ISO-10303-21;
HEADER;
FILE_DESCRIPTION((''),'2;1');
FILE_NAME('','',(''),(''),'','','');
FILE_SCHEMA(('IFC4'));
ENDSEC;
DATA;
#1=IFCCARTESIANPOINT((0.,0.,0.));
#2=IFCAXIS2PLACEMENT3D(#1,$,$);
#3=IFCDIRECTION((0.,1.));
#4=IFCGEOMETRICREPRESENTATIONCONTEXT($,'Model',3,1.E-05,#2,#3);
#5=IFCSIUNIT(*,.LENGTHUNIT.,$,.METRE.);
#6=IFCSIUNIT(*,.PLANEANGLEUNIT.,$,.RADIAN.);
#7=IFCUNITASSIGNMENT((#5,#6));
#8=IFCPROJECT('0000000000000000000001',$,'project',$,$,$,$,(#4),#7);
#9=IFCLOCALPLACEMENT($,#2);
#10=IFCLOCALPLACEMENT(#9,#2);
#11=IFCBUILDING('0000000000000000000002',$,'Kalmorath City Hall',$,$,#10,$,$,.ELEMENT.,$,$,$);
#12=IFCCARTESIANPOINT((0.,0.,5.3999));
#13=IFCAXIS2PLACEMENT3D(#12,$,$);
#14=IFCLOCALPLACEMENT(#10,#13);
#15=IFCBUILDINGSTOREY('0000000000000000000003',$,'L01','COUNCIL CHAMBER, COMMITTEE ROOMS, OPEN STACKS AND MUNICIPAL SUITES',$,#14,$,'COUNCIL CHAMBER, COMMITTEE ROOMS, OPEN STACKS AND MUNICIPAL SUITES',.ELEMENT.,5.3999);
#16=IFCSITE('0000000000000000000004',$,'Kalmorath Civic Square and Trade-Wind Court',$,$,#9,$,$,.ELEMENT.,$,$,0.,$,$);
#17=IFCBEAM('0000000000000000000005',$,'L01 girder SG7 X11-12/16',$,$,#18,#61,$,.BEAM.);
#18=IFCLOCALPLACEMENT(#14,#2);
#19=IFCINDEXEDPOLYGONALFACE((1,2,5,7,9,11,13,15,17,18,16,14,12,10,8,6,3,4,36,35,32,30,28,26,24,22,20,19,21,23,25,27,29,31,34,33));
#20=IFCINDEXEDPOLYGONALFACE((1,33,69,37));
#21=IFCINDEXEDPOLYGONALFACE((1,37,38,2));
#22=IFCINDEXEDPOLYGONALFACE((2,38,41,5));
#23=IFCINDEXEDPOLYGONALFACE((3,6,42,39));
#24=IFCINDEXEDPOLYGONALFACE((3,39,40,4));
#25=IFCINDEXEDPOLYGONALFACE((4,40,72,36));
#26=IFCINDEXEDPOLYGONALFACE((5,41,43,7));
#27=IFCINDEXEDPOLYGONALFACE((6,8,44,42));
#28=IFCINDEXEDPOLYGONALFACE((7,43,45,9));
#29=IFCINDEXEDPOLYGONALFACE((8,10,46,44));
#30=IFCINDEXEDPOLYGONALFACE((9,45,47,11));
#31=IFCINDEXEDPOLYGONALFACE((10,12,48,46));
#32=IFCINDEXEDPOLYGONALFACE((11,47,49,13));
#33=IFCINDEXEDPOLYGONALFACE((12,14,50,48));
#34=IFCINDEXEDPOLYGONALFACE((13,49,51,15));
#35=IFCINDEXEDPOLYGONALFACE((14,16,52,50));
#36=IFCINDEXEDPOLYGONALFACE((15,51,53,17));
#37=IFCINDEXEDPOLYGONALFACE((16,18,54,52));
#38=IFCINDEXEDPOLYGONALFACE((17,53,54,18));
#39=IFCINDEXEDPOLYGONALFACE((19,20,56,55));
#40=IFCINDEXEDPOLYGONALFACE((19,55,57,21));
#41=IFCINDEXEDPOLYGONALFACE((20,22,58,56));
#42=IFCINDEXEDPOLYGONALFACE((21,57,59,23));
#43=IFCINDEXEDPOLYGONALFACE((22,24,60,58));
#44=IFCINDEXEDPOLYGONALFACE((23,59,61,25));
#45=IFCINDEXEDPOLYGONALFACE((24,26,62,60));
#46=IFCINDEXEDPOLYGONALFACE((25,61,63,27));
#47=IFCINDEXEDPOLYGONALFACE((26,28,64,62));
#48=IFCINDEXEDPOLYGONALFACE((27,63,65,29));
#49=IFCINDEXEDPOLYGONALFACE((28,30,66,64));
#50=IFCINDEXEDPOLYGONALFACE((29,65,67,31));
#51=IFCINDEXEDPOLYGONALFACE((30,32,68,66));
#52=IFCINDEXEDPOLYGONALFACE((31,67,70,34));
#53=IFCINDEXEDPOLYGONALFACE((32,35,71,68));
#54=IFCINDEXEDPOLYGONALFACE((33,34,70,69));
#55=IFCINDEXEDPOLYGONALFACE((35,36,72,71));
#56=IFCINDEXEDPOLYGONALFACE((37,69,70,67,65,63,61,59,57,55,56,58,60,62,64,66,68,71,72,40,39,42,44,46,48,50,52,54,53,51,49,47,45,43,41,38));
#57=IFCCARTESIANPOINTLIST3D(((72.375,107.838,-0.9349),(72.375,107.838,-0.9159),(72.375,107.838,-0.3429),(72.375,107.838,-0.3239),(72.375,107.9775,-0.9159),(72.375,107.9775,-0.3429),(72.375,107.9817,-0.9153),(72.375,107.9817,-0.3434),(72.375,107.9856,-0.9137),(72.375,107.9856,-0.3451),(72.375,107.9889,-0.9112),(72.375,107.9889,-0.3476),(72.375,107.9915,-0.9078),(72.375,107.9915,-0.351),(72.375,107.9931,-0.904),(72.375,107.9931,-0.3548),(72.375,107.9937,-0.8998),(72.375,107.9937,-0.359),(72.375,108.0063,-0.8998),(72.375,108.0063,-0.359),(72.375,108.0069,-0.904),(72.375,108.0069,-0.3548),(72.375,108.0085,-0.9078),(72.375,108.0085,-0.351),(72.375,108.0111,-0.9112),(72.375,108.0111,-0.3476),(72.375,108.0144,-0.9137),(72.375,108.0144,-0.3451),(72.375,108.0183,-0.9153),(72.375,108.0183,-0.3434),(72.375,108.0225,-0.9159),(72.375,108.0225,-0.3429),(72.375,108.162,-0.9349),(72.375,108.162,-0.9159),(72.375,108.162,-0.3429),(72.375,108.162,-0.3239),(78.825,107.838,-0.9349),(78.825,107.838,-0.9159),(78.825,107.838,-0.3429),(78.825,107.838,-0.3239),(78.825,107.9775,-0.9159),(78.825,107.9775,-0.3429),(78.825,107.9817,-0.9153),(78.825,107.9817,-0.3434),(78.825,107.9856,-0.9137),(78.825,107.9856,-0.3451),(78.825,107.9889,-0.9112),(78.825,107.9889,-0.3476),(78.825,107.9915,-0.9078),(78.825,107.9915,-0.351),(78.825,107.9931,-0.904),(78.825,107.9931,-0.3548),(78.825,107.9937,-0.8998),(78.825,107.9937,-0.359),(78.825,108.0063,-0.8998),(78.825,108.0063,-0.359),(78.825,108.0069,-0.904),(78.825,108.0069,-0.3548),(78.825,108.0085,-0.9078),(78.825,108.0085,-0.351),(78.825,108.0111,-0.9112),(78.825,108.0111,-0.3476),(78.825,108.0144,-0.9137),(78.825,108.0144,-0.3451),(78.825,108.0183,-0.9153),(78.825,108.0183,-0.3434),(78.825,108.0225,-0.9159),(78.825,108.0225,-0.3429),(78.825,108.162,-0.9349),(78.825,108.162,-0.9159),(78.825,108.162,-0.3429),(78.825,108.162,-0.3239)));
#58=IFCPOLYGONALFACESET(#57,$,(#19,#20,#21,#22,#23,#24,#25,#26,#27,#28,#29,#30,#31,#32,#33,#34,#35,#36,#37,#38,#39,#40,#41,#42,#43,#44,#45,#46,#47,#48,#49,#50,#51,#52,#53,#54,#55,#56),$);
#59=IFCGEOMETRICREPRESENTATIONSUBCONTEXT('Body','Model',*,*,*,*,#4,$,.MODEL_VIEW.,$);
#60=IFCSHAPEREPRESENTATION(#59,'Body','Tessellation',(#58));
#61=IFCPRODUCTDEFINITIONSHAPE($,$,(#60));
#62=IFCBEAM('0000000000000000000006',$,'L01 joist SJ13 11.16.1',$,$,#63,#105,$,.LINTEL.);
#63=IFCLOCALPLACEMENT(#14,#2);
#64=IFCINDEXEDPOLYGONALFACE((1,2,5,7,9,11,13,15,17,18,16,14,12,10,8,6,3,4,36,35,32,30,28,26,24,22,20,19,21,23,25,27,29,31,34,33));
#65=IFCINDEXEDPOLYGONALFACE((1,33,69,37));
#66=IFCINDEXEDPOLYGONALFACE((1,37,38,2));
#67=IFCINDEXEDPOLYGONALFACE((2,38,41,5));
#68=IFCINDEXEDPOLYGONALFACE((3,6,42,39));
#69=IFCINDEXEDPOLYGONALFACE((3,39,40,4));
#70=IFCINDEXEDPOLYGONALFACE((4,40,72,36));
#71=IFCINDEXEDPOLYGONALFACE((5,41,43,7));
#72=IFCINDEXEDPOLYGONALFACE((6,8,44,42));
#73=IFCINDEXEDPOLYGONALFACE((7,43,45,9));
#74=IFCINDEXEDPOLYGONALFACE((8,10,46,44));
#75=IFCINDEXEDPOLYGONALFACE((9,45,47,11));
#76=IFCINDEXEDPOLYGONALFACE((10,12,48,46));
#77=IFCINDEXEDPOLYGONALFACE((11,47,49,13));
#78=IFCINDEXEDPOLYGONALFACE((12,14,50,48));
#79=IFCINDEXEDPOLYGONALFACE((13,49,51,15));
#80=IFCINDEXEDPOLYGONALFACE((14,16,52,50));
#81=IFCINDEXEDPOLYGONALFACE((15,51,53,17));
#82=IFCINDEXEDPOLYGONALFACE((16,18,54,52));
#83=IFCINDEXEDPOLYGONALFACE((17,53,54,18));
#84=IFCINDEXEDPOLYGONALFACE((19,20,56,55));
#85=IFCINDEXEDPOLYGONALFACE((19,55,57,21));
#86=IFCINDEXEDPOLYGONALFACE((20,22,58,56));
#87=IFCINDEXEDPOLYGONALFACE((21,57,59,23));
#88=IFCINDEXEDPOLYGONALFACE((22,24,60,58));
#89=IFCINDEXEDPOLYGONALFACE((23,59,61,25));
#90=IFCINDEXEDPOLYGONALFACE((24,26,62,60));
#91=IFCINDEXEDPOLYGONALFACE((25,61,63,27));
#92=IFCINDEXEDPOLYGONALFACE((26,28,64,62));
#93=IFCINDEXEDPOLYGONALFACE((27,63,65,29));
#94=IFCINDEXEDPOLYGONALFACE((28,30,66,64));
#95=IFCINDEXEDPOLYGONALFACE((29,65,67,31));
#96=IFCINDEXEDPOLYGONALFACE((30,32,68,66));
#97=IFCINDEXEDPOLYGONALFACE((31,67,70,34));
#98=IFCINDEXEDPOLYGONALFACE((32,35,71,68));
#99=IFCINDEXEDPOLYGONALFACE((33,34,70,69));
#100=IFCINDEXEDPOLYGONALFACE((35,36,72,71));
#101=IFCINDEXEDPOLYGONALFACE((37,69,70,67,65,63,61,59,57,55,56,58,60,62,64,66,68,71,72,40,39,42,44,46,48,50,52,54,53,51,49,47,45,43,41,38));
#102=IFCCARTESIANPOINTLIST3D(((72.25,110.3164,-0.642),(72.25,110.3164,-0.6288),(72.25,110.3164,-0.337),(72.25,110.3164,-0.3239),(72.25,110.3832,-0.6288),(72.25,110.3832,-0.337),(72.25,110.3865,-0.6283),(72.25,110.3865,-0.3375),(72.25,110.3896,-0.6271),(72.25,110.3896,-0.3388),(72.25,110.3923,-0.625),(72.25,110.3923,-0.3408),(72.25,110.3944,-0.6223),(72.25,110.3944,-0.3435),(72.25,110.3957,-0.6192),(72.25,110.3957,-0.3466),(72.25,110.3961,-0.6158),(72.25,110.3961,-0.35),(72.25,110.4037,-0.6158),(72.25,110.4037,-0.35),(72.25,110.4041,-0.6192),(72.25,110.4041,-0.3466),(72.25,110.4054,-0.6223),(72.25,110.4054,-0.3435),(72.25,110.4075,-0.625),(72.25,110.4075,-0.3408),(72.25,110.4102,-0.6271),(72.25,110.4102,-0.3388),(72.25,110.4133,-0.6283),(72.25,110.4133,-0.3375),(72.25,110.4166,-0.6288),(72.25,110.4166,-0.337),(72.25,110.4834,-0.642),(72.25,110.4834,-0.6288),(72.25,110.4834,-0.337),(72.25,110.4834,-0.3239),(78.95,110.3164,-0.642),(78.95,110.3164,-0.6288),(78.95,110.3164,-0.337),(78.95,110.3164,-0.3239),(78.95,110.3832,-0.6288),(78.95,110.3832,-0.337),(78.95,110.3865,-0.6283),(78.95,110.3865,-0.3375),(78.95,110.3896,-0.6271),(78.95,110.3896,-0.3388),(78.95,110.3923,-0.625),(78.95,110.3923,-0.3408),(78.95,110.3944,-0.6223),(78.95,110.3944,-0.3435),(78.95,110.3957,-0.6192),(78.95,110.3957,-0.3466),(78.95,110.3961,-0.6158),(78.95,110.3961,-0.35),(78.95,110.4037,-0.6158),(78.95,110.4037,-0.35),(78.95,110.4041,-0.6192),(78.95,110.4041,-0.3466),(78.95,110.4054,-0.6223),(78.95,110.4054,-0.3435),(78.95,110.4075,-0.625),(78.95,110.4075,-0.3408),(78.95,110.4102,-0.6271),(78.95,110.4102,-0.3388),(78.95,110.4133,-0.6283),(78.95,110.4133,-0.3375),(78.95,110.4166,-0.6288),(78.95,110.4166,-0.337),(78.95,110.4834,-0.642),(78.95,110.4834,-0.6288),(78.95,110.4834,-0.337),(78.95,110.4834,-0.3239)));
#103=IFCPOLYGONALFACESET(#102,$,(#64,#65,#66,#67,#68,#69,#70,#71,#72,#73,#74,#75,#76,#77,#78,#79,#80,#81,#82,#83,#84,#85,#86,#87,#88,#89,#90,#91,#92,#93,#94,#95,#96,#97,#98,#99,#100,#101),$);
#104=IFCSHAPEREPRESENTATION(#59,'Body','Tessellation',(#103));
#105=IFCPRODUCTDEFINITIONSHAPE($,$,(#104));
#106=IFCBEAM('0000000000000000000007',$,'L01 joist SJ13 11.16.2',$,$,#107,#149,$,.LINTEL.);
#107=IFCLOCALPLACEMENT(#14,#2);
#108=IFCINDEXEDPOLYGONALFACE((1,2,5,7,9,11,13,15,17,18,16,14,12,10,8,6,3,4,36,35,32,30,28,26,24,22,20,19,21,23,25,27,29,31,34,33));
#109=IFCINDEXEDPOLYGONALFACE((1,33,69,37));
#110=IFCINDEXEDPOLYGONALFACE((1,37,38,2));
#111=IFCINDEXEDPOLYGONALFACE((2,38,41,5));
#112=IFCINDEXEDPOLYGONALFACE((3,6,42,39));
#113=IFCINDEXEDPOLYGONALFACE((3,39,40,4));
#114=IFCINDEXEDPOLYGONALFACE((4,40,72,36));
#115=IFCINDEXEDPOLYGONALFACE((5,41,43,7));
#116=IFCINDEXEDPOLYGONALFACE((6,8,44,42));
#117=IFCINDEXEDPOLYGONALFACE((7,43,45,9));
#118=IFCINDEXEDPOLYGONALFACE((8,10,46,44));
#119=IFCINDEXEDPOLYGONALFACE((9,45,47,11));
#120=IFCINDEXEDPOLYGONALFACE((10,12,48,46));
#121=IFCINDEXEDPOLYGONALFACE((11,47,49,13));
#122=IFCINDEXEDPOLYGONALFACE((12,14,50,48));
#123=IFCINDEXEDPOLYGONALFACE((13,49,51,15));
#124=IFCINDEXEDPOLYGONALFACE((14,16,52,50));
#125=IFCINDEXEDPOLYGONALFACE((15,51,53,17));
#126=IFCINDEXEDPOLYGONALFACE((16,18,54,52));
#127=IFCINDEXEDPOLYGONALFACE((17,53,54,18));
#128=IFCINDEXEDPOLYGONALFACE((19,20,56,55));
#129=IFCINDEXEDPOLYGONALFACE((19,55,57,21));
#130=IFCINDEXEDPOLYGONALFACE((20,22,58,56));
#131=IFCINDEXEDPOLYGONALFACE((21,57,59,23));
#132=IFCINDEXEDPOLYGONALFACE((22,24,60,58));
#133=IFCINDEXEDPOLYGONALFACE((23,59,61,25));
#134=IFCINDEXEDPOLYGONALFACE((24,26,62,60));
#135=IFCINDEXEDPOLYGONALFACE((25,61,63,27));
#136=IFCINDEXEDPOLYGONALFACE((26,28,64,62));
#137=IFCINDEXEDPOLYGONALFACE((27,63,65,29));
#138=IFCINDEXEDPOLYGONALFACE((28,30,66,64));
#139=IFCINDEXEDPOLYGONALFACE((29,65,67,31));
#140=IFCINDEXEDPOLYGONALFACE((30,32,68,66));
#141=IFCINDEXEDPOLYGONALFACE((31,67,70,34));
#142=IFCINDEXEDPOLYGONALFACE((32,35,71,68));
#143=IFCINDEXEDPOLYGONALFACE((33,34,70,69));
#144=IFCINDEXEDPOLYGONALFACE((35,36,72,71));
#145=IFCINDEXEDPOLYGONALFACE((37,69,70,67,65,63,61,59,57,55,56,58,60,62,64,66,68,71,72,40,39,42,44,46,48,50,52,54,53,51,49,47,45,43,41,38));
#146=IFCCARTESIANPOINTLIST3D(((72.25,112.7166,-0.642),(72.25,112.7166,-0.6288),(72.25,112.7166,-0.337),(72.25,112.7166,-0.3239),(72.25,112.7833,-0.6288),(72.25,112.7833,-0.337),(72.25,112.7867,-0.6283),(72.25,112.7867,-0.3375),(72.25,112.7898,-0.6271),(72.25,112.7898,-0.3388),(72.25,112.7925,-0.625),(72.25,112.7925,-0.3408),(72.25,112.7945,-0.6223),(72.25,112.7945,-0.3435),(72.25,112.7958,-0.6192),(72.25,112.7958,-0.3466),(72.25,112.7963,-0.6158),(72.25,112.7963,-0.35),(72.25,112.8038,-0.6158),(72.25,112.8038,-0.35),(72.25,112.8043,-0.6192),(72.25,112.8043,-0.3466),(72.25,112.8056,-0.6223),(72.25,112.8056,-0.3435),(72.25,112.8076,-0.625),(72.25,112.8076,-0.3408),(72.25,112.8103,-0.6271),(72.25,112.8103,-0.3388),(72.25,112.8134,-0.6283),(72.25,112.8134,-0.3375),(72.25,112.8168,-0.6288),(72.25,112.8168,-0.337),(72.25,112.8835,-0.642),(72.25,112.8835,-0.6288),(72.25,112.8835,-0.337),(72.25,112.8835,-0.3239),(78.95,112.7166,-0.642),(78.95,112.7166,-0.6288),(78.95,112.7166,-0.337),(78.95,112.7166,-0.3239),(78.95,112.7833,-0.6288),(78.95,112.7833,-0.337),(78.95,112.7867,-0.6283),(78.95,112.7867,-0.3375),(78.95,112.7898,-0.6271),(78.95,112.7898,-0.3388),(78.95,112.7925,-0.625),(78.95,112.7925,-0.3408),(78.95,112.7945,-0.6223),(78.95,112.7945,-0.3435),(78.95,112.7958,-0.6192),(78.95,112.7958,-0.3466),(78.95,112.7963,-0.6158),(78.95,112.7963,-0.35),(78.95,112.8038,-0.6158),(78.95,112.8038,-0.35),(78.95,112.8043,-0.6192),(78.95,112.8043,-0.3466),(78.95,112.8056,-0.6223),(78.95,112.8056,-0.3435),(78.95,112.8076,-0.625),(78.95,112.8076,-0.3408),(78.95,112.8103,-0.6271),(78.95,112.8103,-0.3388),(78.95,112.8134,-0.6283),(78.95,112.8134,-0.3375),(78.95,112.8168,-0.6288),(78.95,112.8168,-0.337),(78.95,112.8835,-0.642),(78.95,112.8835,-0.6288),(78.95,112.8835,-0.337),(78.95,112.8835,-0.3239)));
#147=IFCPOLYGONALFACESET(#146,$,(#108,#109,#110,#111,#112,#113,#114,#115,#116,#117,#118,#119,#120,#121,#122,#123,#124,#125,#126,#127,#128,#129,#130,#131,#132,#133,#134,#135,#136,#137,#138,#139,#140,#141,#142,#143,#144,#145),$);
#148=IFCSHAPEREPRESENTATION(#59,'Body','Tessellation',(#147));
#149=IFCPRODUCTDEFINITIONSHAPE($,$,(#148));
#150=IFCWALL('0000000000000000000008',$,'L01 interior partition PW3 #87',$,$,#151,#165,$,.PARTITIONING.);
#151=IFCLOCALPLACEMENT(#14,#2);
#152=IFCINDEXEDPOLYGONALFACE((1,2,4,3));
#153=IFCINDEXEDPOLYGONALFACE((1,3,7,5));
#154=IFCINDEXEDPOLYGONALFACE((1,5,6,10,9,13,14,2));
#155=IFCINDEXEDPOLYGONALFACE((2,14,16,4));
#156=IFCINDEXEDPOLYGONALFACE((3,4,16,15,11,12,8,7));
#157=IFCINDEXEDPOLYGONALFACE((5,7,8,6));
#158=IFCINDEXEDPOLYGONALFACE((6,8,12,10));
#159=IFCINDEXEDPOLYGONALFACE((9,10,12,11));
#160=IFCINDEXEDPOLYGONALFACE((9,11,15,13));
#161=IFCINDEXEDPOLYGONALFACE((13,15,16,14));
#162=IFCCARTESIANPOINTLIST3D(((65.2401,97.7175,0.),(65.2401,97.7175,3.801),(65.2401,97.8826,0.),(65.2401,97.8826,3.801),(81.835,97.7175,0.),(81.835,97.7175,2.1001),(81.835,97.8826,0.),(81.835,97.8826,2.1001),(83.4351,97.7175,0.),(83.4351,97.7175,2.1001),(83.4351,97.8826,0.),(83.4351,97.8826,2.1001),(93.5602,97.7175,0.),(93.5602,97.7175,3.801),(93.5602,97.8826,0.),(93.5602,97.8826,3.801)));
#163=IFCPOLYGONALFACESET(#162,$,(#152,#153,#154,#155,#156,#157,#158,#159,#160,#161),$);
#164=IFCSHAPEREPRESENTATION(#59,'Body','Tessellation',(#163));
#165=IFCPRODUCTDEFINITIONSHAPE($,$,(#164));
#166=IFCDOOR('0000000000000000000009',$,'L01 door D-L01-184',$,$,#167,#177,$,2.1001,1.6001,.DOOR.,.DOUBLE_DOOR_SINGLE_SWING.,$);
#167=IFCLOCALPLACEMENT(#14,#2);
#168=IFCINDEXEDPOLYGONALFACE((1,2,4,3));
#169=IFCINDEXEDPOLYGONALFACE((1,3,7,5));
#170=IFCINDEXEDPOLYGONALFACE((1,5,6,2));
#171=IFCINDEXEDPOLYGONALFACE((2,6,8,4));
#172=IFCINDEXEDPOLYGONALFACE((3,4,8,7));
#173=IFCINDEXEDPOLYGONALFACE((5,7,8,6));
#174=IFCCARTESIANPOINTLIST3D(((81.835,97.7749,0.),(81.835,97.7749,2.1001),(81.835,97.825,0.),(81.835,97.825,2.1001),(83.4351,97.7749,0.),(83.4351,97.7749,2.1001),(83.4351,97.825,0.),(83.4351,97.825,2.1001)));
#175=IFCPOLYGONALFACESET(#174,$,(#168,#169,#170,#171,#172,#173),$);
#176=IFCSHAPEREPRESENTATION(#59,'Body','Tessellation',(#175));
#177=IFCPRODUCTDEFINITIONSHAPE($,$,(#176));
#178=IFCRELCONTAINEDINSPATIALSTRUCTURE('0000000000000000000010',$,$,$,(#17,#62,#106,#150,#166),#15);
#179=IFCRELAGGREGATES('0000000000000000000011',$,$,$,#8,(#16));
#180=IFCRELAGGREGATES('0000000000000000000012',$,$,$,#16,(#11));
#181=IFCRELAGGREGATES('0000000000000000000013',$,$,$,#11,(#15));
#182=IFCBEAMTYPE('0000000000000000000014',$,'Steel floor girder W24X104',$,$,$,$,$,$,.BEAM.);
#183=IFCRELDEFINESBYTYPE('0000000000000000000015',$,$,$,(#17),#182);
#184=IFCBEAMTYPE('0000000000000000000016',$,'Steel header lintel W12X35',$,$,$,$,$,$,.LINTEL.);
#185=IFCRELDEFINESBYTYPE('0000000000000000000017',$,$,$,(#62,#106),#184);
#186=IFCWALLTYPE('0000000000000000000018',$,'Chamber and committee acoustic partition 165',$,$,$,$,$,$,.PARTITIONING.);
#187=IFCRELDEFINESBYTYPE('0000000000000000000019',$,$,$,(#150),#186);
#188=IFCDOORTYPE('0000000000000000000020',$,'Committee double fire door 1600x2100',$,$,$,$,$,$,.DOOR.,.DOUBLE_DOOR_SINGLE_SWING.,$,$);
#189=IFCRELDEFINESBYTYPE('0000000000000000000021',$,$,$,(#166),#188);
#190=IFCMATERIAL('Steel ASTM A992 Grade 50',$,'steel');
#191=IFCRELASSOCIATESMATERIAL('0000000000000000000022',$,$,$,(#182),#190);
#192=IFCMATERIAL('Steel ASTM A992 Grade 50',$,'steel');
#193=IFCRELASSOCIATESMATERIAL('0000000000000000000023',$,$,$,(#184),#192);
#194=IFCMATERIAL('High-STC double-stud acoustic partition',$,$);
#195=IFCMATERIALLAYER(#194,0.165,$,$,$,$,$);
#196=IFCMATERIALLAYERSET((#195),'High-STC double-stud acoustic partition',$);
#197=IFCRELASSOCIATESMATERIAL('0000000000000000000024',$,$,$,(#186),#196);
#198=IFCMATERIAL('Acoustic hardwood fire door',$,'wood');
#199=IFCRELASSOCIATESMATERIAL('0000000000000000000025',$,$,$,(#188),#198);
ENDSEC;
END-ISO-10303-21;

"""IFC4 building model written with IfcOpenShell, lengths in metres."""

from ifc_helpers import new_model, si_unit, direction, frame, frame_2d, origin, origin_2d, place, context, subcontext, project, spatial, rectangle, i_section, extrude, material, layer, layer_set, material_profile, profile_set, type_object, element, fill, save


model = new_model("IFC4")

# Units and contexts
model_context = context("Model", 3, precision=1e-05, world=origin(), true_north=direction((0.0, 1.0)))
body_context = subcontext(model_context, "Body", "Model", "MODEL_VIEW")
ifc_project = project(units=[si_unit("LENGTHUNIT", "METRE"), si_unit("PLANEANGLEUNIT", "RADIAN")], contexts=[model_context])

# Site, building, storey
site_placement = place(None, origin())
site = spatial("IfcSite", under=ifc_project, at=site_placement, Name="Kalmorath Civic Square and Trade-Wind Court", CompositionType="ELEMENT", RefElevation=0.0)
building_placement = place(site_placement, origin())
building = spatial("IfcBuilding", under=site, at=building_placement, Name="Kalmorath City Hall", CompositionType="ELEMENT")
storey_placement = place(building_placement, frame((0.0, 0.0, 5.3999)))
storey = spatial("IfcBuildingStorey", under=building, at=storey_placement, Name="L01", Description="COUNCIL CHAMBER, COMMITTEE ROOMS, OPEN STACKS AND MUNICIPAL SUITES", LongName="COUNCIL CHAMBER, COMMITTEE ROOMS, OPEN STACKS AND MUNICIPAL SUITES", CompositionType="ELEMENT", Elevation=5.3999)

# Beams
ifc_material_1 = material(Name="Steel ASTM A992 Grade 50", Category="steel")
ifc_material_profile_1 = material_profile(ifc_material_1, i_section(OverallWidth=0.324, OverallDepth=0.6111, WebThickness=0.0127, FlangeThickness=0.019, FilletRadius=0.0161, at=origin_2d()), Name="W24X104")
ifc_profile_set_1 = profile_set([ifc_material_profile_1], Name="Steel ASTM A992 Grade 50")
beam_type_1 = type_object("IfcBeamType", Name="Steel floor girder W24X104", PredefinedType="BEAM", material=ifc_profile_set_1)
for number, where, z_axis, x_axis, name in (
    (1, (72.375, 108.0, -0.6294), (1.0, 0.0, 0.0), (0.0, 1.0, 0.0), "L01 girder SG7 X11-12/16"),
):
    element("IfcBeam", number, at=place(storey_placement, frame(where, z_axis=z_axis, x_axis=x_axis)), inside=storey, type_object=beam_type_1, Name=name, PredefinedType="BEAM", context=body_context, shape_type="SweptSolid", body=[
        extrude(i_section(OverallWidth=0.324, OverallDepth=0.6111, WebThickness=0.0127, FlangeThickness=0.019, FilletRadius=0.0161, at=origin_2d()), origin(), (0.0, 0.0, 1.0), 6.45),
    ])
ifc_material_2 = material(Name="Steel ASTM A992 Grade 50", Category="steel")
ifc_material_profile_2 = material_profile(ifc_material_2, i_section(OverallWidth=0.167, OverallDepth=0.3181, WebThickness=0.0076, FlangeThickness=0.0132, FilletRadius=0.0129, at=origin_2d()), Name="W12X35")
ifc_profile_set_2 = profile_set([ifc_material_profile_2], Name="Steel ASTM A992 Grade 50")
beam_type_2 = type_object("IfcBeamType", Name="Steel header lintel W12X35", PredefinedType="LINTEL", material=ifc_profile_set_2)
for number, where, z_axis, x_axis, name in (
    (2, (72.25, 110.3999, -0.4829), (1.0, 0.0, 0.0), (0.0, 1.0, 0.0), "L01 joist SJ13 11.16.1"),
    (3, (72.25, 112.8, -0.4829), (1.0, 0.0, 0.0), (0.0, 1.0, 0.0), "L01 joist SJ13 11.16.2"),
):
    element("IfcBeam", number, at=place(storey_placement, frame(where, z_axis=z_axis, x_axis=x_axis)), inside=storey, type_object=beam_type_2, Name=name, PredefinedType="LINTEL", context=body_context, shape_type="SweptSolid", body=[
        extrude(i_section(OverallWidth=0.167, OverallDepth=0.3181, WebThickness=0.0076, FlangeThickness=0.0132, FilletRadius=0.0129, at=origin_2d()), origin(), (0.0, 0.0, 1.0), 6.7),
    ])

# Wall, opening, door
ifc_material_3 = material(Name="High-STC double-stud acoustic partition")
ifc_layer_1 = layer(ifc_material_3, 0.165)
ifc_layer_set_1 = layer_set([ifc_layer_1], Name="High-STC double-stud acoustic partition")
wall_type_1 = type_object("IfcWallType", Name="Chamber and committee acoustic partition 165", PredefinedType="PARTITIONING", material=ifc_layer_set_1)
wall_1_placement = place(storey_placement, frame((65.24, 97.8, 0.0), z_axis=(0.0, 0.0, 1.0), x_axis=(1.0, 0.0, 0.0)))
wall_1 = element("IfcWall", 4, at=wall_1_placement, inside=storey, type_object=wall_type_1, Name="L01 interior partition PW3 #87", PredefinedType="PARTITIONING", context=body_context, shape_type="SweptSolid", body=[
    extrude(rectangle(XDim=28.3201, YDim=0.165, at=frame_2d((14.1602, 0.0))), origin(), (0.0, 0.0, 1.0), 3.801),
])
opening_1_placement = place(wall_1_placement, frame((16.595, 0.0, 0.0)))
opening_1 = element("IfcOpeningElement", 5, at=opening_1_placement, cuts=wall_1, PredefinedType="OPENING", context=body_context, shape_type="SweptSolid", body=[
    extrude(rectangle(XDim=1.6001, YDim=2.1001, at=frame_2d((0.8, 1.05))), frame((0.0, 0.0925, 0.0), z_axis=(0.0, -1.0, 0.0), x_axis=(1.0, 0.0, 0.0)), (0.0, 0.0, 1.0), 0.1851),
])
ifc_material_4 = material(Name="Acoustic hardwood fire door", Category="wood")
door_type = type_object("IfcDoorType", Name="Committee double fire door 1600x2100", OperationType="DOUBLE_DOOR_SINGLE_SWING", PredefinedType="DOOR", material=ifc_material_4)
door_placement = place(opening_1_placement, origin())
door = element("IfcDoor", 6, at=door_placement, inside=storey, type_object=door_type, Name="L01 door D-L01-184", OperationType="DOUBLE_DOOR_SINGLE_SWING", OverallHeight=2.1001, OverallWidth=1.6001, PredefinedType="DOOR", context=body_context, shape_type="SweptSolid", body=[
    extrude(rectangle(XDim=1.6001, YDim=2.1001, at=frame_2d((0.8, 1.05))), frame((0.0, 0.0249, 0.0), z_axis=(0.0, -1.0, 0.0), x_axis=(1.0, 0.0, 0.0)), (0.0, 0.0, 1.0), 0.05),
])
fill(opening_1, door)

save(model, "model.ifc")
